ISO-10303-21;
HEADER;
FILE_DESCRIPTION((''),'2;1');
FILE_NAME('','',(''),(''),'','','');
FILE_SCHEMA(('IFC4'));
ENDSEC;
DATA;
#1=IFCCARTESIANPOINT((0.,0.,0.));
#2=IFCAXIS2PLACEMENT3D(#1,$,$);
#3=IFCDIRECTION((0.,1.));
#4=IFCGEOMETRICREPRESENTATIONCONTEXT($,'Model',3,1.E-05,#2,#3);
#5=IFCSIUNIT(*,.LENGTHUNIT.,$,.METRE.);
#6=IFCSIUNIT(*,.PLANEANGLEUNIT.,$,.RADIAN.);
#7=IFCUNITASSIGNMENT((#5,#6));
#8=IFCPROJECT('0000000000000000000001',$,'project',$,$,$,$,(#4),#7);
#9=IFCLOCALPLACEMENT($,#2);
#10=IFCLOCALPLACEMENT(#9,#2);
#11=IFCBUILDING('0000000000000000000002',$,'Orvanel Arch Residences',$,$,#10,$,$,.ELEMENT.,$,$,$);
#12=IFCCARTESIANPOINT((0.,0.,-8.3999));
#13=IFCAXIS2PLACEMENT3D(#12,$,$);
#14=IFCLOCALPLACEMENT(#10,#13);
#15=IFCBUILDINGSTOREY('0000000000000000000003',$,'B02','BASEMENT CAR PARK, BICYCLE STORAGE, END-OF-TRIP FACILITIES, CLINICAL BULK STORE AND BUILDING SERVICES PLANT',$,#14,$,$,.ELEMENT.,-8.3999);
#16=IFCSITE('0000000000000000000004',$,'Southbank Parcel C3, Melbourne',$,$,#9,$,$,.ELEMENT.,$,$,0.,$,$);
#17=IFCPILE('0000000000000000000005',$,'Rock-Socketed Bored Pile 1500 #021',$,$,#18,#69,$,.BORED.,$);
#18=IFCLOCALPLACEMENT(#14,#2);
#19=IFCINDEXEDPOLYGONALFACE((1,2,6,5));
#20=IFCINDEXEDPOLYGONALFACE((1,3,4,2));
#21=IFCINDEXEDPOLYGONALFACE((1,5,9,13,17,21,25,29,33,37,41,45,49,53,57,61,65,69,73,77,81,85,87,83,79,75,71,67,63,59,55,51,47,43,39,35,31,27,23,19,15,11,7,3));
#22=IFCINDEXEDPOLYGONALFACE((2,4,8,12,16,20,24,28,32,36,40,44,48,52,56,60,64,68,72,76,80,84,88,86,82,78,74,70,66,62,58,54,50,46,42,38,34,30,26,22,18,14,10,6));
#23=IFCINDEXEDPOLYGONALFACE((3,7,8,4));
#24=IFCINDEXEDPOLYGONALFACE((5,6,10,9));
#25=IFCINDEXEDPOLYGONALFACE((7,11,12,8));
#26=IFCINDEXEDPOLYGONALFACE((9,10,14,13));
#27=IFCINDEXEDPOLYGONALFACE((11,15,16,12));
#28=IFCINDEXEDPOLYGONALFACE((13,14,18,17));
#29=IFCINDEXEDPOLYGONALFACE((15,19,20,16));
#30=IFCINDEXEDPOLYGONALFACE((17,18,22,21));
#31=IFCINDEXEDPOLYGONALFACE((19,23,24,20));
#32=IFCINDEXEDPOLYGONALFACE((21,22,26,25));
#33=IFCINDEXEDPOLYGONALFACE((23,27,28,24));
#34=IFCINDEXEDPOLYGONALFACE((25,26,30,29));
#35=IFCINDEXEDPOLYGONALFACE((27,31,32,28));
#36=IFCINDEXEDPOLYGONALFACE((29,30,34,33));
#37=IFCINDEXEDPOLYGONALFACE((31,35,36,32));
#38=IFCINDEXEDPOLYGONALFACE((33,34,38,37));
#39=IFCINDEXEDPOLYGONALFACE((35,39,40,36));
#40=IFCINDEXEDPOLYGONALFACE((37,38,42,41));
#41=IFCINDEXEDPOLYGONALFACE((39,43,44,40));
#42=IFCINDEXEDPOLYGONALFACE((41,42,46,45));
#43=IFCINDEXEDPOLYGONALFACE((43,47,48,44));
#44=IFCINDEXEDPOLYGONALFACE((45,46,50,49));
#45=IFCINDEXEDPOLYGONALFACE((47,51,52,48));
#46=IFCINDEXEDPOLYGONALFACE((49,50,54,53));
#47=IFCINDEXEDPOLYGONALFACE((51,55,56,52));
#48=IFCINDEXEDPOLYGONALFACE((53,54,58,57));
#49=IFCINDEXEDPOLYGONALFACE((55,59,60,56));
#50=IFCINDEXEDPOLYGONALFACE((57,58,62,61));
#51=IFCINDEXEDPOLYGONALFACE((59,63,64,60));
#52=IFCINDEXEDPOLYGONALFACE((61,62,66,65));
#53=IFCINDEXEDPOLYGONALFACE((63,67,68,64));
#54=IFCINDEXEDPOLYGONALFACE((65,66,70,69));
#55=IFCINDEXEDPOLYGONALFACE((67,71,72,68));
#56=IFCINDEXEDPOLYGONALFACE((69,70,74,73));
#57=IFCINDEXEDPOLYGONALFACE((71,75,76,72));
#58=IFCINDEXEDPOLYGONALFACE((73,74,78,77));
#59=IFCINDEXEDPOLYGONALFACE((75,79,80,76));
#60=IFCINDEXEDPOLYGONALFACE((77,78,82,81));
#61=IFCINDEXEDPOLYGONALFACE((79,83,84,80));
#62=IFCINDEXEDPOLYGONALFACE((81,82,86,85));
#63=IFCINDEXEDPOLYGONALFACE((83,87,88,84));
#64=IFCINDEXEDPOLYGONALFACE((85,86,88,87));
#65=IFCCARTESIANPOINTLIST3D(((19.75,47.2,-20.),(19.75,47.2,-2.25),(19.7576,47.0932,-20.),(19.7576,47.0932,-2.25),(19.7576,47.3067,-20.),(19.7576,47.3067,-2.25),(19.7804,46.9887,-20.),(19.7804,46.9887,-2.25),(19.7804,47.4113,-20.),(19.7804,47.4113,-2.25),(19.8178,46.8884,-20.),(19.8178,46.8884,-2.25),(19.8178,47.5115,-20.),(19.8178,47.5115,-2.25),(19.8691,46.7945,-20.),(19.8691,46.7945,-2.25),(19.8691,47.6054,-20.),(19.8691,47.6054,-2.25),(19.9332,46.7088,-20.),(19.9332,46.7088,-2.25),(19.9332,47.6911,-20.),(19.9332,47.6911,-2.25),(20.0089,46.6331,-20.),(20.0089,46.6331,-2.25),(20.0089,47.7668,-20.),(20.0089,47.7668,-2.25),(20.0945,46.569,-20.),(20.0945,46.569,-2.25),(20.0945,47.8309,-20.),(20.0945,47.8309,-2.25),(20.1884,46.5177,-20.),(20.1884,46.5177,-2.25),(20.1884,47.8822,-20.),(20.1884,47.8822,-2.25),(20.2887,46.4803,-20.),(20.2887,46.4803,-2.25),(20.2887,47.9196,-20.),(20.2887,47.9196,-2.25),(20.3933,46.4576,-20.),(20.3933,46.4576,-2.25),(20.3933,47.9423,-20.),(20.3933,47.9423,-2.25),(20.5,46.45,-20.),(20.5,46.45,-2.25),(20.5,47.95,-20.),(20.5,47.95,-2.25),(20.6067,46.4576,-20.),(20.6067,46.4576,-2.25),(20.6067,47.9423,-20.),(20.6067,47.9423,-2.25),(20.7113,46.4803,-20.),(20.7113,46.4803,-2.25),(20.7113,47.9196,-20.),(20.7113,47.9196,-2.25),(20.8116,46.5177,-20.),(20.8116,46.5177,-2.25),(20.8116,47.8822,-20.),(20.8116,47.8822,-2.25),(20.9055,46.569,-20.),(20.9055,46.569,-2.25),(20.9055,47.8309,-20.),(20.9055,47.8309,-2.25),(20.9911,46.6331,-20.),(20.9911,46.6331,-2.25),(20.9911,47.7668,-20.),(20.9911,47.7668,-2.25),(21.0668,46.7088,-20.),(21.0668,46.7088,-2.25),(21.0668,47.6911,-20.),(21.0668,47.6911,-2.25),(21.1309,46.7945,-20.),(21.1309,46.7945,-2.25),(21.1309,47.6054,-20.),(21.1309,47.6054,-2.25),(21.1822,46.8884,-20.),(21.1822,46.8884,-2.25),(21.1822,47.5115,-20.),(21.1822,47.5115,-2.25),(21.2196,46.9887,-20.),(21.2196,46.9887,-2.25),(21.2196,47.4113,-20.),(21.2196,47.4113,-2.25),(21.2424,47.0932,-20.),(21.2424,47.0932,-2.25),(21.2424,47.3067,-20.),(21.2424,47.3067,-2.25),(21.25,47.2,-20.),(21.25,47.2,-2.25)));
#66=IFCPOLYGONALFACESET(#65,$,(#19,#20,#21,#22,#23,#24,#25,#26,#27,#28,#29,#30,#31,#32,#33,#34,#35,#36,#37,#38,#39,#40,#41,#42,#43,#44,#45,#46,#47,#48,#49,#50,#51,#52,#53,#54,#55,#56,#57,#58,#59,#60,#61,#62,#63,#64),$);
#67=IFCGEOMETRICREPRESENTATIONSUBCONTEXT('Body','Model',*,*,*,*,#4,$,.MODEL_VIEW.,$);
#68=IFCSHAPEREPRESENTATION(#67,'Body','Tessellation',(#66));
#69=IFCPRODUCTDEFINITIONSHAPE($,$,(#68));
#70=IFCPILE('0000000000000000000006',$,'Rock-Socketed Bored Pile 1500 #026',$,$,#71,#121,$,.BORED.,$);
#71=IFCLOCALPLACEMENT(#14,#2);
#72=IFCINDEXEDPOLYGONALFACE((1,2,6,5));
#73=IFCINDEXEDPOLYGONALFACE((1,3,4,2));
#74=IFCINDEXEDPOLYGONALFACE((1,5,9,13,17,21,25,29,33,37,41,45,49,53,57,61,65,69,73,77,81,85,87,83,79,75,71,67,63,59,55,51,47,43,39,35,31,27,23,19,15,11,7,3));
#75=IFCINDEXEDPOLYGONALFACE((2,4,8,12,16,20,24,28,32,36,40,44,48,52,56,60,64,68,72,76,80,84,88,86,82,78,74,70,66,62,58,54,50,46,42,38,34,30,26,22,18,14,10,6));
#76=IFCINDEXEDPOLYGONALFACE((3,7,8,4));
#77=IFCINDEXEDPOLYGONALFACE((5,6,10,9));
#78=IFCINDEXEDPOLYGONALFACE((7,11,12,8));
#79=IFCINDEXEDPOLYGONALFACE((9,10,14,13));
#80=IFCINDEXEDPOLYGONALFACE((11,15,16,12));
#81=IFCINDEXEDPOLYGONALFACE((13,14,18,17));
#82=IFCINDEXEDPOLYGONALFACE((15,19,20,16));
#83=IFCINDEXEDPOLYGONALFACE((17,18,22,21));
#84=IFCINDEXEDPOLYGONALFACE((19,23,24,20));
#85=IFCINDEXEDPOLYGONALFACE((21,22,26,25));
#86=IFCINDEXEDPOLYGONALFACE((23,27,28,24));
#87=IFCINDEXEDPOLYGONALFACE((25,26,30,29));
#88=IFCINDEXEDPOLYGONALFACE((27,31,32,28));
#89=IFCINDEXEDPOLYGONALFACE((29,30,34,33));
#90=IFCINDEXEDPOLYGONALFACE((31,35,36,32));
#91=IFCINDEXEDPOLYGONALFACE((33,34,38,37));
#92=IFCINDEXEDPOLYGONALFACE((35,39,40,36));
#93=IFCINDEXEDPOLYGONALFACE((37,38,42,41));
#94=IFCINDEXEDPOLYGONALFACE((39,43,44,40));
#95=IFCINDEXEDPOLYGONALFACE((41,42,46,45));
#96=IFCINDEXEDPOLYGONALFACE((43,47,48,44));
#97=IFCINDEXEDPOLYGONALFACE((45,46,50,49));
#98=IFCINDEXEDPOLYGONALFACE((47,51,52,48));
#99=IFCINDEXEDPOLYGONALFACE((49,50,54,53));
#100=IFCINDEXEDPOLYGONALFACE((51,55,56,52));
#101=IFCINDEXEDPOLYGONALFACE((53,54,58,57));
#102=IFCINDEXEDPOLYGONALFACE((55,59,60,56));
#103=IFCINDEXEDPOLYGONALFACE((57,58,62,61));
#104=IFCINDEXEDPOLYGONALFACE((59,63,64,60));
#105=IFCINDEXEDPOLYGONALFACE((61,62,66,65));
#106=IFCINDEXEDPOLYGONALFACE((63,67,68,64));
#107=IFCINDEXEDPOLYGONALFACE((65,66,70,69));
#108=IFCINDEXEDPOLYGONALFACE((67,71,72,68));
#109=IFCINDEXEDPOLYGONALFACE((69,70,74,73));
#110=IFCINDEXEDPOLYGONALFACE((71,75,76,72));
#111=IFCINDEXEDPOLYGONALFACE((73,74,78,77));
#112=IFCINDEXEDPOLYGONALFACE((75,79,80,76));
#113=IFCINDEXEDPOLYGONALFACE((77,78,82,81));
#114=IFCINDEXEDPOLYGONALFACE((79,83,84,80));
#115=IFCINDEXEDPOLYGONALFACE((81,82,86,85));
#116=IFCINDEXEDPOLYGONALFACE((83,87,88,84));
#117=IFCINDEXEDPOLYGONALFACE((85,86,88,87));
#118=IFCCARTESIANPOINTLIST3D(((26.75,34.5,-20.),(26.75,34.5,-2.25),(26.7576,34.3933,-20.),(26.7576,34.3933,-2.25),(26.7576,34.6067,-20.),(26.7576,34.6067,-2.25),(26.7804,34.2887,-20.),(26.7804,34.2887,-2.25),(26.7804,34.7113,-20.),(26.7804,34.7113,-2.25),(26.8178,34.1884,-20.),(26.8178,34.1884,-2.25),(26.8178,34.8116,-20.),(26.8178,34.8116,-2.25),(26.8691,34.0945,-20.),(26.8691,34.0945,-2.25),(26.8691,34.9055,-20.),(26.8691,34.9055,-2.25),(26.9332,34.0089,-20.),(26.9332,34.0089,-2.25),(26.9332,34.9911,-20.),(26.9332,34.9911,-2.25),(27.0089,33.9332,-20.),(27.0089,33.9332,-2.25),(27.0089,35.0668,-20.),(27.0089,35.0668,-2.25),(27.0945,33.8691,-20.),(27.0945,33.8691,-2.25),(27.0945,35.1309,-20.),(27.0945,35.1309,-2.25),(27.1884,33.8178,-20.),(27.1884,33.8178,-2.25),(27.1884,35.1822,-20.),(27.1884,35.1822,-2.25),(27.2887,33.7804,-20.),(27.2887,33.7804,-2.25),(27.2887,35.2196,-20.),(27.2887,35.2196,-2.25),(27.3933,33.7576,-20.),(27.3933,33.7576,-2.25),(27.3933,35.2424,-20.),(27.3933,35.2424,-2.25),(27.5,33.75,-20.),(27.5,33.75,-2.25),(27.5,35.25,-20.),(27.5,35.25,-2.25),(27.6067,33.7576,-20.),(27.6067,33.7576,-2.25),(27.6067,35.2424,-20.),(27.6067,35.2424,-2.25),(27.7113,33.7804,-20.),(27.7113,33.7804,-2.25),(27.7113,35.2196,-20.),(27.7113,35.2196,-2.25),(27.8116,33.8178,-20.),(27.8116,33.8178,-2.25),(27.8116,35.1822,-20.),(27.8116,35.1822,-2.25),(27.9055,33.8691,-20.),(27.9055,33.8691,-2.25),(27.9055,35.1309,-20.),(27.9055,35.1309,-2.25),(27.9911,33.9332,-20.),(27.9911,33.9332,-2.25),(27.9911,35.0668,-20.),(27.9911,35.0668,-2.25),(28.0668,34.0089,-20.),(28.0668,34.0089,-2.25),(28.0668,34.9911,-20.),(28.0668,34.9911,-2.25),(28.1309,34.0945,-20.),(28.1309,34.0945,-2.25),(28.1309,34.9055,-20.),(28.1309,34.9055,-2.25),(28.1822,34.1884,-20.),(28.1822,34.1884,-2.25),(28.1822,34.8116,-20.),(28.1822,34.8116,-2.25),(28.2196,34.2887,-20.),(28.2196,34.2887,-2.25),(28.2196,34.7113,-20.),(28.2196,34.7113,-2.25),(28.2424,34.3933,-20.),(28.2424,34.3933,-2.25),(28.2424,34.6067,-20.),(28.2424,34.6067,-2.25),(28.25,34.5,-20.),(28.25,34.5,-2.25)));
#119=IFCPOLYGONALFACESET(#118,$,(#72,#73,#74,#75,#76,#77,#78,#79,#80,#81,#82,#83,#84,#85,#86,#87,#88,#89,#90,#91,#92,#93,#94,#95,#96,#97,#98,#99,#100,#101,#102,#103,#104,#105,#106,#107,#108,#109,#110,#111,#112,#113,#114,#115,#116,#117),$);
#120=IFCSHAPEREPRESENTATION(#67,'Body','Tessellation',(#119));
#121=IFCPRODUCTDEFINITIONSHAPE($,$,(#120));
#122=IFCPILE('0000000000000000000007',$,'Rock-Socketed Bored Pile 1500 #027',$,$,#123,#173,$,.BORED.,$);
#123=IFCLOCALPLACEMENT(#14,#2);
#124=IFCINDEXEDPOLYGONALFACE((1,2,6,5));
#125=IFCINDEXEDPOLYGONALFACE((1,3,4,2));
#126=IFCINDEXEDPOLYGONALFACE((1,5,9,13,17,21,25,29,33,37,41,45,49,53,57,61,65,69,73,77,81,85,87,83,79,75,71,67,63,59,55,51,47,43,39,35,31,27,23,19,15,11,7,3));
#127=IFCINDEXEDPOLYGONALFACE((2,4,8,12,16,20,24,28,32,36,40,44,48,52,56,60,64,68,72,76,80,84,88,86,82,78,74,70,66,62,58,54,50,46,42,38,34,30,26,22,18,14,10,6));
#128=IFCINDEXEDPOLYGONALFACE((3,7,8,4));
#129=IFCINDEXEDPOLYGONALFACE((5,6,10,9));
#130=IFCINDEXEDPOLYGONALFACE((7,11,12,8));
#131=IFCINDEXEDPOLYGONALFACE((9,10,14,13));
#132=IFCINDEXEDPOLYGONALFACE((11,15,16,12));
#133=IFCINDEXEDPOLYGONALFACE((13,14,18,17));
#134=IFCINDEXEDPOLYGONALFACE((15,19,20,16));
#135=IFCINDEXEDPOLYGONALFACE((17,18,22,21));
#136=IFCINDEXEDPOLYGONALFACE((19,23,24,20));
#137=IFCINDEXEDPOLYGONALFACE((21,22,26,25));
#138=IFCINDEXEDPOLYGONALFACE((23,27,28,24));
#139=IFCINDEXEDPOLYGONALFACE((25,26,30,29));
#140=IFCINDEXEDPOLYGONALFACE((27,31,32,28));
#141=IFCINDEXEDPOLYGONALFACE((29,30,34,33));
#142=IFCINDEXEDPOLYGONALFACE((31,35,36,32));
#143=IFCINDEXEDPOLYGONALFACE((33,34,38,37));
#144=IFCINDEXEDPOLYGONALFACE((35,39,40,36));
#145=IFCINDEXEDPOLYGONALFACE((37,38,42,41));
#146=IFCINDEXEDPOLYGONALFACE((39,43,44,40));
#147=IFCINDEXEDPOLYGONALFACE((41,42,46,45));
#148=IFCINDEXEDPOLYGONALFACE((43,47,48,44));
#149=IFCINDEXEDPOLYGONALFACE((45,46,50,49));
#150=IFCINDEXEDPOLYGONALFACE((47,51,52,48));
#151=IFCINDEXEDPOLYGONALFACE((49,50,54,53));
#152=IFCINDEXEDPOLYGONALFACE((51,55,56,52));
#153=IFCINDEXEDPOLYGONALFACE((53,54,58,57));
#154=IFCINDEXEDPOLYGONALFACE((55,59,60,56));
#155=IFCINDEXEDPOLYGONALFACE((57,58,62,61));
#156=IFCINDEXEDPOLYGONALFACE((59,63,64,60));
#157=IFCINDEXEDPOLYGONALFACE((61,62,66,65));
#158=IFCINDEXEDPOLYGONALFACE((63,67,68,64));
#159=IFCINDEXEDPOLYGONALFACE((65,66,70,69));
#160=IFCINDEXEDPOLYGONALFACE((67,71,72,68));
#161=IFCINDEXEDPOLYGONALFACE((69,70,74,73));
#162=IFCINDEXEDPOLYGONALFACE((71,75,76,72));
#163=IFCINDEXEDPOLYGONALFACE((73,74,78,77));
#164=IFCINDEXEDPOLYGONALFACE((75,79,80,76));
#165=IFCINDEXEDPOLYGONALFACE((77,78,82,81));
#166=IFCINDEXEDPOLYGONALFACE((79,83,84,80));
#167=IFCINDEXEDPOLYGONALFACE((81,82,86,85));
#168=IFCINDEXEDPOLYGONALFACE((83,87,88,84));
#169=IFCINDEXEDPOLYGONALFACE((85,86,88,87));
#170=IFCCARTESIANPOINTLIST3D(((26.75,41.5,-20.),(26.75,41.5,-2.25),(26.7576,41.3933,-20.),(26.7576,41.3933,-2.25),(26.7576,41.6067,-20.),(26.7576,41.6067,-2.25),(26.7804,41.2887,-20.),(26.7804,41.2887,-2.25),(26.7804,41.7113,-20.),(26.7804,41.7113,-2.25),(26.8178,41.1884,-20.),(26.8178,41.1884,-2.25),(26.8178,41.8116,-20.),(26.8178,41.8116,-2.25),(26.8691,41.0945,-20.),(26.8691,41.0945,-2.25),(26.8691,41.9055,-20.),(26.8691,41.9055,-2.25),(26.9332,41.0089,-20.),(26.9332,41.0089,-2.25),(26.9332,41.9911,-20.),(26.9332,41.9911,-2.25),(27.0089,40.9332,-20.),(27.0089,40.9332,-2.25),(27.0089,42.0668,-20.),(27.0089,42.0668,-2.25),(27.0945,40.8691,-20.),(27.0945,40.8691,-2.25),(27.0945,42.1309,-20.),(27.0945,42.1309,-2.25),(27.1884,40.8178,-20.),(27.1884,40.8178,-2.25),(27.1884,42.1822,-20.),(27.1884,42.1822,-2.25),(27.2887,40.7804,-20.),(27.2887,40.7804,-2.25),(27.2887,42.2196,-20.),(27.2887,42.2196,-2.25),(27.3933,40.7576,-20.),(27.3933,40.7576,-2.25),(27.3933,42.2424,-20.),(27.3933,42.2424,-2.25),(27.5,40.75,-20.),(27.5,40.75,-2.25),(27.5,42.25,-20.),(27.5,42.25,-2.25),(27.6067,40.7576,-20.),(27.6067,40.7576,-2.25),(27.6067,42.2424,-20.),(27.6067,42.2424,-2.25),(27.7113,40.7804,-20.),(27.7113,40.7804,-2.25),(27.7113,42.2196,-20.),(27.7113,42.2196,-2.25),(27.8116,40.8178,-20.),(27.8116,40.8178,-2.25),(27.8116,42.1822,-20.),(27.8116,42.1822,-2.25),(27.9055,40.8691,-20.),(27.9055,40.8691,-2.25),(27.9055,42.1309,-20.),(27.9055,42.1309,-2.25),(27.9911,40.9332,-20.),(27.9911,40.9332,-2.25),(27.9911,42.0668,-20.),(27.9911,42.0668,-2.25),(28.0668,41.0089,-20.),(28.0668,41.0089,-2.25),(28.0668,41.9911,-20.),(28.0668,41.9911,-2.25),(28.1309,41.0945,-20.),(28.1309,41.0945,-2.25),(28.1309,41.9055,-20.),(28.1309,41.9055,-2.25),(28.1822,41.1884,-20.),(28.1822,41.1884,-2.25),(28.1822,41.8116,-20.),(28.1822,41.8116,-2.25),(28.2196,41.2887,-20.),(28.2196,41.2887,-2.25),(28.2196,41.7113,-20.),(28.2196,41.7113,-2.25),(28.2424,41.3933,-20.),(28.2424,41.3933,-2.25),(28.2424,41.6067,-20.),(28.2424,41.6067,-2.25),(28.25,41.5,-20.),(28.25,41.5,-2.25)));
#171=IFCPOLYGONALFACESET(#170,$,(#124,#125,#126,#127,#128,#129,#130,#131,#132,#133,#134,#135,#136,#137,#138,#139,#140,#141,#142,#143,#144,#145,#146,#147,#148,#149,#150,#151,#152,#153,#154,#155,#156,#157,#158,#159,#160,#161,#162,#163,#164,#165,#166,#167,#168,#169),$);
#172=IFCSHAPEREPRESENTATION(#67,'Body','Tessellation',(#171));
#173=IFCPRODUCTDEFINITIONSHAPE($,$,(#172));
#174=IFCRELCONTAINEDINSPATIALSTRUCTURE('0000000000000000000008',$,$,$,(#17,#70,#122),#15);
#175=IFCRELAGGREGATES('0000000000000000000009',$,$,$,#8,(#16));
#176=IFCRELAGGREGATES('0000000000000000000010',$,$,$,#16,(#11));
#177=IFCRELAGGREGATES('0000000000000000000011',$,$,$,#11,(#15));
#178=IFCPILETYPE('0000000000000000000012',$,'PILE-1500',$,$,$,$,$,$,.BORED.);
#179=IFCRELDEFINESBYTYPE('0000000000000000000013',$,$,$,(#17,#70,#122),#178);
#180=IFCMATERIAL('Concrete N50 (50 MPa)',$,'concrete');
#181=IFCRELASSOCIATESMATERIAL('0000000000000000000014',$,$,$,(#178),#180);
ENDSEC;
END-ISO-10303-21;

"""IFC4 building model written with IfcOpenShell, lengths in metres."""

from ifc_helpers import new_model, si_unit, direction, frame, origin, origin_2d, place, context, subcontext, project, spatial, circle, extrude, material, material_profile, profile_set, type_object, element, save


model = new_model("IFC4")

# Units and contexts
model_context = context("Model", 3, precision=1e-05, world=origin(), true_north=direction((0.0, 1.0)))
body_context = subcontext(model_context, "Body", "Model", "MODEL_VIEW")
ifc_project = project(units=[si_unit("LENGTHUNIT", "METRE"), si_unit("PLANEANGLEUNIT", "RADIAN")], contexts=[model_context])

# Site, building, storey
site_placement = place(None, origin())
site = spatial("IfcSite", under=ifc_project, at=site_placement, Name="Southbank Parcel C3, Melbourne", CompositionType="ELEMENT", RefElevation=0.0)
building_placement = place(site_placement, origin())
building = spatial("IfcBuilding", under=site, at=building_placement, Name="Orvanel Arch Residences", CompositionType="ELEMENT")
storey_placement = place(building_placement, frame((0.0, 0.0, -8.3999)))
storey = spatial("IfcBuildingStorey", under=building, at=storey_placement, Name="B02", Description="BASEMENT CAR PARK, BICYCLE STORAGE, END-OF-TRIP FACILITIES, CLINICAL BULK STORE AND BUILDING SERVICES PLANT", CompositionType="ELEMENT", Elevation=-8.3999)

# Shared definitions
ifc_material_1 = material(Name="Concrete N50 (50 MPa)", Category="concrete")

# Piles
ifc_material_profile_1 = material_profile(ifc_material_1, circle(Radius=0.75, at=origin_2d()), Name="PILE1500")
ifc_profile_set_1 = profile_set([ifc_material_profile_1], Name="Concrete N50 (50 MPa)")
pile_type_1 = type_object("IfcPileType", Name="PILE-1500", PredefinedType="BORED", material=ifc_profile_set_1)
for number, where, z_axis, x_axis, name in (
    (1, (20.5, 47.2, -2.25), (0.0, 0.0, -1.0), (1.0, 0.0, 0.0), "Rock-Socketed Bored Pile 1500 #021"),
    (2, (27.5, 34.5, -2.25), (0.0, 0.0, -1.0), (1.0, 0.0, 0.0), "Rock-Socketed Bored Pile 1500 #026"),
    (3, (27.5, 41.5, -2.25), (0.0, 0.0, -1.0), (1.0, 0.0, 0.0), "Rock-Socketed Bored Pile 1500 #027"),
):
    element("IfcPile", number, at=place(storey_placement, frame(where, z_axis=z_axis, x_axis=x_axis)), inside=storey, type_object=pile_type_1, Name=name, PredefinedType="BORED", context=body_context, shape_type="SweptSolid", body=[
        extrude(circle(Radius=0.75, at=origin_2d()), origin(), (0.0, 0.0, 1.0), 17.75),
    ])

save(model, "model.ifc")
